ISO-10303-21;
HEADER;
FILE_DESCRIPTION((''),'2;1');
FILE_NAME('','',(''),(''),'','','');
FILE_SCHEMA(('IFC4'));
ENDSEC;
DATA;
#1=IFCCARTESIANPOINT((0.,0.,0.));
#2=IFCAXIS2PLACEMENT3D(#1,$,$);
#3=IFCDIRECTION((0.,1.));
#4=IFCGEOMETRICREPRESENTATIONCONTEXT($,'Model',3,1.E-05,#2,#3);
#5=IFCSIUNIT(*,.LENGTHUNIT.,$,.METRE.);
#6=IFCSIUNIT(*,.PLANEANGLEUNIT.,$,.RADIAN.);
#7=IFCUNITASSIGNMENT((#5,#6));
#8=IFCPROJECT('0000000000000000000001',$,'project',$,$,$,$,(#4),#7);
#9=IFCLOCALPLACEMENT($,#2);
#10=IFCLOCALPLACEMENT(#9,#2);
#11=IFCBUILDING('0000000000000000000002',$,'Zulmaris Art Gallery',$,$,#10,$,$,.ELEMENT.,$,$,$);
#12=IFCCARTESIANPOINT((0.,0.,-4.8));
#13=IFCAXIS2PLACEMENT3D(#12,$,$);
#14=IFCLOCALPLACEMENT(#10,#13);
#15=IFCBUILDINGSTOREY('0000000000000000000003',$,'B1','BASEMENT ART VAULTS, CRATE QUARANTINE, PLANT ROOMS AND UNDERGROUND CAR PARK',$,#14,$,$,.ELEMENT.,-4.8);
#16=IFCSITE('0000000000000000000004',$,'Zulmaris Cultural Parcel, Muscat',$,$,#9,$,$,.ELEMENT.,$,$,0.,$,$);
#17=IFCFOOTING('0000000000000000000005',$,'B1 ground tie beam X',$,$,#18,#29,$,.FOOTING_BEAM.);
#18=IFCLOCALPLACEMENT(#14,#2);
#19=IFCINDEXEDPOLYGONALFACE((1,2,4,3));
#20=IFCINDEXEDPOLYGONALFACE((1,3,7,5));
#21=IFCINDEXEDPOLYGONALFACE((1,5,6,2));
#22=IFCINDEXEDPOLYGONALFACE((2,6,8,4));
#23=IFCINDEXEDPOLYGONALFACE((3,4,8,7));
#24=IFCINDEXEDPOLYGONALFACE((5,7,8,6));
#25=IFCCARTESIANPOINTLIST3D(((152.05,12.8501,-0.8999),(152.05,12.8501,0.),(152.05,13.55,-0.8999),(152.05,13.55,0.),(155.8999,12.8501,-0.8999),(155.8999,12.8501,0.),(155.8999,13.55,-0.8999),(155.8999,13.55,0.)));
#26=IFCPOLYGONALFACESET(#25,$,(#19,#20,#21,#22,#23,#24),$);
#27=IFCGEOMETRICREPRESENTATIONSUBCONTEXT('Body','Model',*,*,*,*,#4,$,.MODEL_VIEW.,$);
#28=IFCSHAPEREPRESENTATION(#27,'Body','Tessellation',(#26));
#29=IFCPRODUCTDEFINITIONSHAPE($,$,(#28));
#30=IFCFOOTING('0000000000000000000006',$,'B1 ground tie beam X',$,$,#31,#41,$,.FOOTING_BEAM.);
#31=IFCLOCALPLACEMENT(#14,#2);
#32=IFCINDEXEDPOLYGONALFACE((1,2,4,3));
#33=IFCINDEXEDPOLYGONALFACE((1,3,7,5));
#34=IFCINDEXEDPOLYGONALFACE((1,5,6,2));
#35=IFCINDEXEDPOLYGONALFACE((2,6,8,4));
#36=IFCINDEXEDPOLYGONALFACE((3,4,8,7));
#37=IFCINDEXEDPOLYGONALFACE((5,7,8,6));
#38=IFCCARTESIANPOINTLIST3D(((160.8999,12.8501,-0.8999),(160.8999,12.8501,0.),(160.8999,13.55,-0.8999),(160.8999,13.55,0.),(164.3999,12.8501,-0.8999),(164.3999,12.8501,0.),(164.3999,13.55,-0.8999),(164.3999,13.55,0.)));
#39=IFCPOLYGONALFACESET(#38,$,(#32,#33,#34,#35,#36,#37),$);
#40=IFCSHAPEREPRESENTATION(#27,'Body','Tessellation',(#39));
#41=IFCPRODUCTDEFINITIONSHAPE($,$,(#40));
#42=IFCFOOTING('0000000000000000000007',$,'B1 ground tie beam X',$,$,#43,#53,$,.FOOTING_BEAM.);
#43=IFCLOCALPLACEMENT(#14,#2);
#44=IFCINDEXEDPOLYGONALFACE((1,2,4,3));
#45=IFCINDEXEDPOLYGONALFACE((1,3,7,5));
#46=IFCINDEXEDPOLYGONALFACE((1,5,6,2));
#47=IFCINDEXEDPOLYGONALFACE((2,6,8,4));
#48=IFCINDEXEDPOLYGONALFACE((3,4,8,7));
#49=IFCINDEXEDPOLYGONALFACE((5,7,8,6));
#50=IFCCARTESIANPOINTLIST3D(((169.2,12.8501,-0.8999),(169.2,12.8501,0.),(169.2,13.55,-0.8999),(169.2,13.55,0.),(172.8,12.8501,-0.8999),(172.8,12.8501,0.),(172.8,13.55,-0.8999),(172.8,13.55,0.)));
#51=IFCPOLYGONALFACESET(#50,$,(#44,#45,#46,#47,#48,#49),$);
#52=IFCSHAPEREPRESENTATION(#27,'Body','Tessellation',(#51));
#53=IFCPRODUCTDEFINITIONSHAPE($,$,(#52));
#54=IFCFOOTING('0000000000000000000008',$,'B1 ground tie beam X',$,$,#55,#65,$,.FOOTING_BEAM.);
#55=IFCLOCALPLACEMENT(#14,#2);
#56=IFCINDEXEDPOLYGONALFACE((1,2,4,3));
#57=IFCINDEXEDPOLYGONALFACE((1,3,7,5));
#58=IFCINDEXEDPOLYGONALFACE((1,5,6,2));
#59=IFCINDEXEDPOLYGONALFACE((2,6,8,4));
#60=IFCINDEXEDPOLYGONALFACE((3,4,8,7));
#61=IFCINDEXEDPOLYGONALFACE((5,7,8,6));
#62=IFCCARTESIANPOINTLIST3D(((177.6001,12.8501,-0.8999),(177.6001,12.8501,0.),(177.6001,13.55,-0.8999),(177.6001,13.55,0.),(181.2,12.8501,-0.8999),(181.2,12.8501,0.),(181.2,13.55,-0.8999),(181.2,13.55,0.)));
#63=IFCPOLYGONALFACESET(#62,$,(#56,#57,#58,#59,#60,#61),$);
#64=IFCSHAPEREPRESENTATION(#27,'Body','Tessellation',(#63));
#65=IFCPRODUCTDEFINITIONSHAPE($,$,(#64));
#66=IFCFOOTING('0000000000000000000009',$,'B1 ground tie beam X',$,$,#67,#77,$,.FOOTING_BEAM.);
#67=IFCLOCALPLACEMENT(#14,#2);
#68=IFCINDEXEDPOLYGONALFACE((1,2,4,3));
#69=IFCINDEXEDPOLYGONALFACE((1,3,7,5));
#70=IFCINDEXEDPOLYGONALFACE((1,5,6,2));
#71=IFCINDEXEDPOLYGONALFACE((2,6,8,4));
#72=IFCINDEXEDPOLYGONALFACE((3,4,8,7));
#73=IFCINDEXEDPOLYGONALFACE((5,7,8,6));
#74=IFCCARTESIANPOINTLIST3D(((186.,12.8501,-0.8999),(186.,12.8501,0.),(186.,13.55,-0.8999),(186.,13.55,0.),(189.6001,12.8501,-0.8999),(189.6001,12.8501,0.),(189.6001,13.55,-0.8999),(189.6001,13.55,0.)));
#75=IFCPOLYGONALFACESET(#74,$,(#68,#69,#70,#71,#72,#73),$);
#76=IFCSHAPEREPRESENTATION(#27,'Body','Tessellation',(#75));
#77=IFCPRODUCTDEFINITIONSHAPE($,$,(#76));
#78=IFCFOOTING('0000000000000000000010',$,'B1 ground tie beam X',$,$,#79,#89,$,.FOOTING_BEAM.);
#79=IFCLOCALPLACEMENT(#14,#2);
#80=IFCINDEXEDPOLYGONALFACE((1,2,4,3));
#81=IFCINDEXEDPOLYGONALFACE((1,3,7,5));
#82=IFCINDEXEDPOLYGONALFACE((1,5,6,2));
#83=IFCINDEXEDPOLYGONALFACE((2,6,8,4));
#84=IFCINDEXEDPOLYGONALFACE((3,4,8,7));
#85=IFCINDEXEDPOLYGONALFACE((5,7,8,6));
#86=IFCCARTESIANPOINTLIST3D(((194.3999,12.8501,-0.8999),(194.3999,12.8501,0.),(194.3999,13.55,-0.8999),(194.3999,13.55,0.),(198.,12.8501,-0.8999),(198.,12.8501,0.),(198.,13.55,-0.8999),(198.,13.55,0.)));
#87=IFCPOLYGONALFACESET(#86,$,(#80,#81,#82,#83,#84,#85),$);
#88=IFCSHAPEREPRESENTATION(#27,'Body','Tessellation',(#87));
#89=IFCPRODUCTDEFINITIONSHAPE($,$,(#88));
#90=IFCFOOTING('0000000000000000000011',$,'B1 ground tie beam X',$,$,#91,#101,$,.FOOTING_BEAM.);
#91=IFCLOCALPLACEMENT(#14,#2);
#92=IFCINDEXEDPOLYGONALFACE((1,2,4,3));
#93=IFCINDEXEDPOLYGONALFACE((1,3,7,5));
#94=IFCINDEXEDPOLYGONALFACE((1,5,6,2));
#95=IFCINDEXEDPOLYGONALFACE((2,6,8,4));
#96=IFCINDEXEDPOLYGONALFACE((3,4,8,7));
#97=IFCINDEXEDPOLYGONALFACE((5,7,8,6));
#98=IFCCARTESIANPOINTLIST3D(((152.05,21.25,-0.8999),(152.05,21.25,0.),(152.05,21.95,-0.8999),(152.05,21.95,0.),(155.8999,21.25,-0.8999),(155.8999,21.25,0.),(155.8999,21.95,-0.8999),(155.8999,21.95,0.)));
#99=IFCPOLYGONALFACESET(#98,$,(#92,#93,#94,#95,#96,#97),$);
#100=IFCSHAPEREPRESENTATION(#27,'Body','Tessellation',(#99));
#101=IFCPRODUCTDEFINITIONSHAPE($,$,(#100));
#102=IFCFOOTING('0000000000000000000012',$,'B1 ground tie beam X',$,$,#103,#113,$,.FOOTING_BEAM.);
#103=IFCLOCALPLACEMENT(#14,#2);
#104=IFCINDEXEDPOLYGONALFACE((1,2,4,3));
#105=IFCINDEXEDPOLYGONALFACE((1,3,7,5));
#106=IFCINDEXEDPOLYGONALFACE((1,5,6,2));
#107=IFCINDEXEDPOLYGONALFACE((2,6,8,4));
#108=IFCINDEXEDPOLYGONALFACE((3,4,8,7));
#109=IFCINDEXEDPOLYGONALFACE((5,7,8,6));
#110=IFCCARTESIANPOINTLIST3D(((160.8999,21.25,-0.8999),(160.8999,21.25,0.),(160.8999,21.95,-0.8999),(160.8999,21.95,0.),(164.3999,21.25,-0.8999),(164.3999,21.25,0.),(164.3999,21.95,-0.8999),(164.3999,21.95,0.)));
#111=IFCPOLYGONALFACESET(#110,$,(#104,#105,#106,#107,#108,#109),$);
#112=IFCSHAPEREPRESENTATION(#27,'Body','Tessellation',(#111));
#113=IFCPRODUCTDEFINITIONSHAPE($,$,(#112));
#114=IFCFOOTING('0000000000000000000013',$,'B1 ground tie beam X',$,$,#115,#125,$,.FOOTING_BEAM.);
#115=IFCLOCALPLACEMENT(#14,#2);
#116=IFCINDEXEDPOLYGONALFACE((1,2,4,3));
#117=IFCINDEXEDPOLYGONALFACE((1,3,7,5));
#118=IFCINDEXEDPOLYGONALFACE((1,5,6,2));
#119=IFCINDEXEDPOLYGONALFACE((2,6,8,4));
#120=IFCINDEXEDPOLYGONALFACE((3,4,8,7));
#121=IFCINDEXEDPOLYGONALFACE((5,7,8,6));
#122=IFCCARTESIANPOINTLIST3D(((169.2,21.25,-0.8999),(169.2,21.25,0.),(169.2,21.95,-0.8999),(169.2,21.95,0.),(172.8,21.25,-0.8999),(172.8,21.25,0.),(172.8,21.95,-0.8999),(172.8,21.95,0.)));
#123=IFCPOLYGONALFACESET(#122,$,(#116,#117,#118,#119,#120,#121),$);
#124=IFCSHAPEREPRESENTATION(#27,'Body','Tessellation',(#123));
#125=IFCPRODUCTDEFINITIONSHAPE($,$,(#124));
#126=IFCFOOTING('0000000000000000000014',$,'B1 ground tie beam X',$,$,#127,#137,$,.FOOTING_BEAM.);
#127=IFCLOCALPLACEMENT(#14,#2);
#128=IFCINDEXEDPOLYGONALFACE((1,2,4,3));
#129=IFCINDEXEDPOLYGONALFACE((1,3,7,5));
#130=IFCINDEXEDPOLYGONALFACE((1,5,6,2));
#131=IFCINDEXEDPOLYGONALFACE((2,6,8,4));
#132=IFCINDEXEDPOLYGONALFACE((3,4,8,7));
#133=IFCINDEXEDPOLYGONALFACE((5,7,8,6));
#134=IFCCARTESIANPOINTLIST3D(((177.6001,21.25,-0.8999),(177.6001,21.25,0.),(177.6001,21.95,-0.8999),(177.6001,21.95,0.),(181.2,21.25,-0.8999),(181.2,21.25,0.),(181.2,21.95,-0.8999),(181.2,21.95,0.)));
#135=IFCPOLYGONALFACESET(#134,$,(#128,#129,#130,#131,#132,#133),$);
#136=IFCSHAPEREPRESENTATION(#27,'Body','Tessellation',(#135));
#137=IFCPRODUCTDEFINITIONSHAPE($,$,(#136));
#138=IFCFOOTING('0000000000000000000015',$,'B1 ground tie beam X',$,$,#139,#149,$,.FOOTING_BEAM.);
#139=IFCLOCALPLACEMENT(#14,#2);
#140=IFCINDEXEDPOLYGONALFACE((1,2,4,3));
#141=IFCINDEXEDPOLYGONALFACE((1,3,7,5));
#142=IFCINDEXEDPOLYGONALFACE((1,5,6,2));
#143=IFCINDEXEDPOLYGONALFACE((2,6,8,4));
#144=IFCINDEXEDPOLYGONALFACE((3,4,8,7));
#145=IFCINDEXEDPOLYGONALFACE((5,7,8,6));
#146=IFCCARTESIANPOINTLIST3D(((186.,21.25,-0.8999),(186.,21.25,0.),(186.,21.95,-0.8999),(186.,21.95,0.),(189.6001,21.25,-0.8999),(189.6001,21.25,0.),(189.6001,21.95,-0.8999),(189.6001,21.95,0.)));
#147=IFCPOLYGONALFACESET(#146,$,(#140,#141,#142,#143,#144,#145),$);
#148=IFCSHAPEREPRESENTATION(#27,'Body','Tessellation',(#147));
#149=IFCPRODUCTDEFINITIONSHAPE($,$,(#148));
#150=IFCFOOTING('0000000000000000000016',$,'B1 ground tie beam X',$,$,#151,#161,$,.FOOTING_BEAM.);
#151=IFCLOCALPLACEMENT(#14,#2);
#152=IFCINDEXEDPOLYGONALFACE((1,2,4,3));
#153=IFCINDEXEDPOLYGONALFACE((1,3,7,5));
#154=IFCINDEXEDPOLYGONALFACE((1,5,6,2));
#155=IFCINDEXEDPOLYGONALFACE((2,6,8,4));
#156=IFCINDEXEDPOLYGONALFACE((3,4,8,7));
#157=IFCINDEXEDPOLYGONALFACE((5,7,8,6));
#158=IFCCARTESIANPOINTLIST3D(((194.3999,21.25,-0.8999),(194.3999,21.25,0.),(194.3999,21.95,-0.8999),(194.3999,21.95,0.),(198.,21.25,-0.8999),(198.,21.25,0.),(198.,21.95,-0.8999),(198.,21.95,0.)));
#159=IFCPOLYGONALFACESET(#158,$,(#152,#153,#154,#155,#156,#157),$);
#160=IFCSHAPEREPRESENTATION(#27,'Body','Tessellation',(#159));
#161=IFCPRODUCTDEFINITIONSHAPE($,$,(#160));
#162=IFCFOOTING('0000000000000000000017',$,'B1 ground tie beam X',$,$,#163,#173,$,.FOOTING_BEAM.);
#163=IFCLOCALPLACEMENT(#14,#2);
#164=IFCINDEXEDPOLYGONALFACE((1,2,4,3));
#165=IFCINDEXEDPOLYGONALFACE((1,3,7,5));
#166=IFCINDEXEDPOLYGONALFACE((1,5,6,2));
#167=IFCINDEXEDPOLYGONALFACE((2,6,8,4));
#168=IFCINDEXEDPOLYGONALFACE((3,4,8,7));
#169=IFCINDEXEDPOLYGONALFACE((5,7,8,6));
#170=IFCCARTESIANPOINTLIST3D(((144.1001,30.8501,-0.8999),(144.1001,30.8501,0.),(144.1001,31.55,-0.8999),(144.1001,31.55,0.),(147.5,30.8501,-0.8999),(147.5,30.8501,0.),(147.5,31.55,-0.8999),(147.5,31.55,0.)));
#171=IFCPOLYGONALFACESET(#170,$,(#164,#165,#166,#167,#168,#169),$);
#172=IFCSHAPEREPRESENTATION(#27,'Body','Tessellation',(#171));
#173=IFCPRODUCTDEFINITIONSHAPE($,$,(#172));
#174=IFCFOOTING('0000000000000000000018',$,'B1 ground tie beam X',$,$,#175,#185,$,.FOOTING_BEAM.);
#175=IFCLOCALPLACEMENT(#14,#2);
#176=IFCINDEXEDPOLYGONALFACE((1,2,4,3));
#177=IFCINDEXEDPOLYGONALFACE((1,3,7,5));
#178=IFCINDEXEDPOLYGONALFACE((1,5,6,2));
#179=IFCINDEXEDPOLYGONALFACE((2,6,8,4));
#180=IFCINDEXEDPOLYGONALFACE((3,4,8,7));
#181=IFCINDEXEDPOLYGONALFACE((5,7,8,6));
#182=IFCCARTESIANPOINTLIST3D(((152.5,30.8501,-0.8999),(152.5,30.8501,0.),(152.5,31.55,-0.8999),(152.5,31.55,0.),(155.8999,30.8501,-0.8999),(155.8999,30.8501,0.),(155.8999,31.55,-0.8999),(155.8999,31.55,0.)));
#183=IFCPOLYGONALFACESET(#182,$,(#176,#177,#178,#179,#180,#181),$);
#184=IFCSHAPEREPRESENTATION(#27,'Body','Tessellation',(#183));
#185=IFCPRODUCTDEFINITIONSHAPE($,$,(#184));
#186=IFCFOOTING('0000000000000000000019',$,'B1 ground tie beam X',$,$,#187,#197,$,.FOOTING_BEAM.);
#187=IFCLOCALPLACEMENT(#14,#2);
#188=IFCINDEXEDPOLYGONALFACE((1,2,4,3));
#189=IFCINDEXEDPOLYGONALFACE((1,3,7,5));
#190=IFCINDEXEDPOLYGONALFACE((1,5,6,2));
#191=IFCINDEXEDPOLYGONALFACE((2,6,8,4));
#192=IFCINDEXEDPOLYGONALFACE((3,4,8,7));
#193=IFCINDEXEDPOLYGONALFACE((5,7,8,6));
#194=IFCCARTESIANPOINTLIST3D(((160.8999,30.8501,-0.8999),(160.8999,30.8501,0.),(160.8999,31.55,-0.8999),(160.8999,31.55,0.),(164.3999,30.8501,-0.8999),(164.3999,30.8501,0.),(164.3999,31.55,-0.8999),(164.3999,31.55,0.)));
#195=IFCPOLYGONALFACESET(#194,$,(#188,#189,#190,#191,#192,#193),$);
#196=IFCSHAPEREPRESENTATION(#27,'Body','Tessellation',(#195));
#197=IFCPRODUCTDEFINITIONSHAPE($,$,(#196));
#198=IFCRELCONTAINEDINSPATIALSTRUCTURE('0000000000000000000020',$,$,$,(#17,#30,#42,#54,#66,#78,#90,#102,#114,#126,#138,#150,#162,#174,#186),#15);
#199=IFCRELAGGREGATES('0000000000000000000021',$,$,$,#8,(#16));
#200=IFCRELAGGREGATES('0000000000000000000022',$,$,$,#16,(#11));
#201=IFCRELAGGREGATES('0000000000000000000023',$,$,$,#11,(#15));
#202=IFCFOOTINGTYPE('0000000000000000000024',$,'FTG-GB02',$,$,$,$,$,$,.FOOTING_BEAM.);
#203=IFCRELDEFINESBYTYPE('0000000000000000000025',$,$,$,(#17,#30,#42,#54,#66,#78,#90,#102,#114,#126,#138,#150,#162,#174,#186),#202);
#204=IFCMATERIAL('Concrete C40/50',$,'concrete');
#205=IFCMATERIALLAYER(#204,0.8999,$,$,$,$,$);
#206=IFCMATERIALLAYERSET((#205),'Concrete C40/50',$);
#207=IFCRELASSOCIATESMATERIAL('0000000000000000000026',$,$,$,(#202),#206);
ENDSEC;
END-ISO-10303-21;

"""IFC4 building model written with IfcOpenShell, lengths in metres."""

from ifc_helpers import new_model, si_unit, direction, frame, origin, place, context, subcontext, project, spatial, polyline, outline, extrude, material, layer, layer_set, type_object, element, save


model = new_model("IFC4")

# Units and contexts
model_context = context("Model", 3, precision=1e-05, world=origin(), true_north=direction((0.0, 1.0)))
body_context = subcontext(model_context, "Body", "Model", "MODEL_VIEW")
ifc_project = project(units=[si_unit("LENGTHUNIT", "METRE"), si_unit("PLANEANGLEUNIT", "RADIAN")], contexts=[model_context])

# Site, building, storey
site_placement = place(None, origin())
site = spatial("IfcSite", under=ifc_project, at=site_placement, Name="Zulmaris Cultural Parcel, Muscat", CompositionType="ELEMENT", RefElevation=0.0)
building_placement = place(site_placement, origin())
building = spatial("IfcBuilding", under=site, at=building_placement, Name="Zulmaris Art Gallery", CompositionType="ELEMENT")
storey_placement = place(building_placement, frame((0.0, 0.0, -4.8)))
storey = spatial("IfcBuildingStorey", under=building, at=storey_placement, Name="B1", Description="BASEMENT ART VAULTS, CRATE QUARANTINE, PLANT ROOMS AND UNDERGROUND CAR PARK", CompositionType="ELEMENT", Elevation=-4.8)

# Footings
ifc_material = material(Name="Concrete C40/50", Category="concrete")
ifc_layer_1 = layer(ifc_material, 0.8999)
ifc_layer_set_1 = layer_set([ifc_layer_1], Name="Concrete C40/50")
footing_type_1 = type_object("IfcFootingType", Name="FTG-GB02", PredefinedType="FOOTING_BEAM", material=ifc_layer_set_1)
footing_1_placement = place(storey_placement, frame((0.0, 0.0, -0.8999)))
element("IfcFooting", 1, at=footing_1_placement, inside=storey, type_object=footing_type_1, Name="B1 ground tie beam X", PredefinedType="FOOTING_BEAM", context=body_context, shape_type="SweptSolid", body=[
    extrude(outline(polyline([(152.05, 12.8501), (155.8999, 12.8501), (155.8999, 13.55), (152.05, 13.55), (152.05, 12.8501)])), origin(), (0.0, 0.0, 1.0), 0.8999),
])
footing_2_placement = place(storey_placement, frame((0.0, 0.0, -0.8999)))
element("IfcFooting", 2, at=footing_2_placement, inside=storey, type_object=footing_type_1, Name="B1 ground tie beam X", PredefinedType="FOOTING_BEAM", context=body_context, shape_type="SweptSolid", body=[
    extrude(outline(polyline([(160.8999, 12.8501), (164.3999, 12.8501), (164.3999, 13.55), (160.8999, 13.55), (160.8999, 12.8501)])), origin(), (0.0, 0.0, 1.0), 0.8999),
])
footing_3_placement = place(storey_placement, frame((0.0, 0.0, -0.8999)))
element("IfcFooting", 3, at=footing_3_placement, inside=storey, type_object=footing_type_1, Name="B1 ground tie beam X", PredefinedType="FOOTING_BEAM", context=body_context, shape_type="SweptSolid", body=[
    extrude(outline(polyline([(169.2, 12.8501), (172.8, 12.8501), (172.8, 13.55), (169.2, 13.55), (169.2, 12.8501)])), origin(), (0.0, 0.0, 1.0), 0.8999),
])
footing_4_placement = place(storey_placement, frame((0.0, 0.0, -0.8999)))
element("IfcFooting", 4, at=footing_4_placement, inside=storey, type_object=footing_type_1, Name="B1 ground tie beam X", PredefinedType="FOOTING_BEAM", context=body_context, shape_type="SweptSolid", body=[
    extrude(outline(polyline([(177.6001, 12.8501), (181.2, 12.8501), (181.2, 13.55), (177.6001, 13.55), (177.6001, 12.8501)])), origin(), (0.0, 0.0, 1.0), 0.8999),
])
footing_5_placement = place(storey_placement, frame((0.0, 0.0, -0.8999)))
element("IfcFooting", 5, at=footing_5_placement, inside=storey, type_object=footing_type_1, Name="B1 ground tie beam X", PredefinedType="FOOTING_BEAM", context=body_context, shape_type="SweptSolid", body=[
    extrude(outline(polyline([(186.0, 12.8501), (189.6001, 12.8501), (189.6001, 13.55), (186.0, 13.55), (186.0, 12.8501)])), origin(), (0.0, 0.0, 1.0), 0.8999),
])
footing_6_placement = place(storey_placement, frame((0.0, 0.0, -0.8999)))
element("IfcFooting", 6, at=footing_6_placement, inside=storey, type_object=footing_type_1, Name="B1 ground tie beam X", PredefinedType="FOOTING_BEAM", context=body_context, shape_type="SweptSolid", body=[
    extrude(outline(polyline([(194.3999, 12.8501), (198.0, 12.8501), (198.0, 13.55), (194.3999, 13.55), (194.3999, 12.8501)])), origin(), (0.0, 0.0, 1.0), 0.8999),
])
footing_7_placement = place(storey_placement, frame((0.0, 0.0, -0.8999)))
element("IfcFooting", 7, at=footing_7_placement, inside=storey, type_object=footing_type_1, Name="B1 ground tie beam X", PredefinedType="FOOTING_BEAM", context=body_context, shape_type="SweptSolid", body=[
    extrude(outline(polyline([(152.05, 21.25), (155.8999, 21.25), (155.8999, 21.95), (152.05, 21.95), (152.05, 21.25)])), origin(), (0.0, 0.0, 1.0), 0.8999),
])
footing_8_placement = place(storey_placement, frame((0.0, 0.0, -0.8999)))
element("IfcFooting", 8, at=footing_8_placement, inside=storey, type_object=footing_type_1, Name="B1 ground tie beam X", PredefinedType="FOOTING_BEAM", context=body_context, shape_type="SweptSolid", body=[
    extrude(outline(polyline([(160.8999, 21.25), (164.3999, 21.25), (164.3999, 21.95), (160.8999, 21.95), (160.8999, 21.25)])), origin(), (0.0, 0.0, 1.0), 0.8999),
])
footing_9_placement = place(storey_placement, frame((0.0, 0.0, -0.8999)))
element("IfcFooting", 9, at=footing_9_placement, inside=storey, type_object=footing_type_1, Name="B1 ground tie beam X", PredefinedType="FOOTING_BEAM", context=body_context, shape_type="SweptSolid", body=[
    extrude(outline(polyline([(169.2, 21.25), (172.8, 21.25), (172.8, 21.95), (169.2, 21.95), (169.2, 21.25)])), origin(), (0.0, 0.0, 1.0), 0.8999),
])
footing_10_placement = place(storey_placement, frame((0.0, 0.0, -0.8999)))
element("IfcFooting", 10, at=footing_10_placement, inside=storey, type_object=footing_type_1, Name="B1 ground tie beam X", PredefinedType="FOOTING_BEAM", context=body_context, shape_type="SweptSolid", body=[
    extrude(outline(polyline([(177.6001, 21.25), (181.2, 21.25), (181.2, 21.95), (177.6001, 21.95), (177.6001, 21.25)])), origin(), (0.0, 0.0, 1.0), 0.8999),
])
footing_11_placement = place(storey_placement, frame((0.0, 0.0, -0.8999)))
element("IfcFooting", 11, at=footing_11_placement, inside=storey, type_object=footing_type_1, Name="B1 ground tie beam X", PredefinedType="FOOTING_BEAM", context=body_context, shape_type="SweptSolid", body=[
    extrude(outline(polyline([(186.0, 21.25), (189.6001, 21.25), (189.6001, 21.95), (186.0, 21.95), (186.0, 21.25)])), origin(), (0.0, 0.0, 1.0), 0.8999),
])
footing_12_placement = place(storey_placement, frame((0.0, 0.0, -0.8999)))
element("IfcFooting", 12, at=footing_12_placement, inside=storey, type_object=footing_type_1, Name="B1 ground tie beam X", PredefinedType="FOOTING_BEAM", context=body_context, shape_type="SweptSolid", body=[
    extrude(outline(polyline([(194.3999, 21.25), (198.0, 21.25), (198.0, 21.95), (194.3999, 21.95), (194.3999, 21.25)])), origin(), (0.0, 0.0, 1.0), 0.8999),
])
footing_13_placement = place(storey_placement, frame((0.0, 0.0, -0.8999)))
element("IfcFooting", 13, at=footing_13_placement, inside=storey, type_object=footing_type_1, Name="B1 ground tie beam X", PredefinedType="FOOTING_BEAM", context=body_context, shape_type="SweptSolid", body=[
    extrude(outline(polyline([(144.1001, 30.8501), (147.5, 30.8501), (147.5, 31.55), (144.1001, 31.55), (144.1001, 30.8501)])), origin(), (0.0, 0.0, 1.0), 0.8999),
])
footing_14_placement = place(storey_placement, frame((0.0, 0.0, -0.8999)))
element("IfcFooting", 14, at=footing_14_placement, inside=storey, type_object=footing_type_1, Name="B1 ground tie beam X", PredefinedType="FOOTING_BEAM", context=body_context, shape_type="SweptSolid", body=[
    extrude(outline(polyline([(152.5, 30.8501), (155.8999, 30.8501), (155.8999, 31.55), (152.5, 31.55), (152.5, 30.8501)])), origin(), (0.0, 0.0, 1.0), 0.8999),
])
footing_15_placement = place(storey_placement, frame((0.0, 0.0, -0.8999)))
element("IfcFooting", 15, at=footing_15_placement, inside=storey, type_object=footing_type_1, Name="B1 ground tie beam X", PredefinedType="FOOTING_BEAM", context=body_context, shape_type="SweptSolid", body=[
    extrude(outline(polyline([(160.8999, 30.8501), (164.3999, 30.8501), (164.3999, 31.55), (160.8999, 31.55), (160.8999, 30.8501)])), origin(), (0.0, 0.0, 1.0), 0.8999),
])

save(model, "model.ifc")
